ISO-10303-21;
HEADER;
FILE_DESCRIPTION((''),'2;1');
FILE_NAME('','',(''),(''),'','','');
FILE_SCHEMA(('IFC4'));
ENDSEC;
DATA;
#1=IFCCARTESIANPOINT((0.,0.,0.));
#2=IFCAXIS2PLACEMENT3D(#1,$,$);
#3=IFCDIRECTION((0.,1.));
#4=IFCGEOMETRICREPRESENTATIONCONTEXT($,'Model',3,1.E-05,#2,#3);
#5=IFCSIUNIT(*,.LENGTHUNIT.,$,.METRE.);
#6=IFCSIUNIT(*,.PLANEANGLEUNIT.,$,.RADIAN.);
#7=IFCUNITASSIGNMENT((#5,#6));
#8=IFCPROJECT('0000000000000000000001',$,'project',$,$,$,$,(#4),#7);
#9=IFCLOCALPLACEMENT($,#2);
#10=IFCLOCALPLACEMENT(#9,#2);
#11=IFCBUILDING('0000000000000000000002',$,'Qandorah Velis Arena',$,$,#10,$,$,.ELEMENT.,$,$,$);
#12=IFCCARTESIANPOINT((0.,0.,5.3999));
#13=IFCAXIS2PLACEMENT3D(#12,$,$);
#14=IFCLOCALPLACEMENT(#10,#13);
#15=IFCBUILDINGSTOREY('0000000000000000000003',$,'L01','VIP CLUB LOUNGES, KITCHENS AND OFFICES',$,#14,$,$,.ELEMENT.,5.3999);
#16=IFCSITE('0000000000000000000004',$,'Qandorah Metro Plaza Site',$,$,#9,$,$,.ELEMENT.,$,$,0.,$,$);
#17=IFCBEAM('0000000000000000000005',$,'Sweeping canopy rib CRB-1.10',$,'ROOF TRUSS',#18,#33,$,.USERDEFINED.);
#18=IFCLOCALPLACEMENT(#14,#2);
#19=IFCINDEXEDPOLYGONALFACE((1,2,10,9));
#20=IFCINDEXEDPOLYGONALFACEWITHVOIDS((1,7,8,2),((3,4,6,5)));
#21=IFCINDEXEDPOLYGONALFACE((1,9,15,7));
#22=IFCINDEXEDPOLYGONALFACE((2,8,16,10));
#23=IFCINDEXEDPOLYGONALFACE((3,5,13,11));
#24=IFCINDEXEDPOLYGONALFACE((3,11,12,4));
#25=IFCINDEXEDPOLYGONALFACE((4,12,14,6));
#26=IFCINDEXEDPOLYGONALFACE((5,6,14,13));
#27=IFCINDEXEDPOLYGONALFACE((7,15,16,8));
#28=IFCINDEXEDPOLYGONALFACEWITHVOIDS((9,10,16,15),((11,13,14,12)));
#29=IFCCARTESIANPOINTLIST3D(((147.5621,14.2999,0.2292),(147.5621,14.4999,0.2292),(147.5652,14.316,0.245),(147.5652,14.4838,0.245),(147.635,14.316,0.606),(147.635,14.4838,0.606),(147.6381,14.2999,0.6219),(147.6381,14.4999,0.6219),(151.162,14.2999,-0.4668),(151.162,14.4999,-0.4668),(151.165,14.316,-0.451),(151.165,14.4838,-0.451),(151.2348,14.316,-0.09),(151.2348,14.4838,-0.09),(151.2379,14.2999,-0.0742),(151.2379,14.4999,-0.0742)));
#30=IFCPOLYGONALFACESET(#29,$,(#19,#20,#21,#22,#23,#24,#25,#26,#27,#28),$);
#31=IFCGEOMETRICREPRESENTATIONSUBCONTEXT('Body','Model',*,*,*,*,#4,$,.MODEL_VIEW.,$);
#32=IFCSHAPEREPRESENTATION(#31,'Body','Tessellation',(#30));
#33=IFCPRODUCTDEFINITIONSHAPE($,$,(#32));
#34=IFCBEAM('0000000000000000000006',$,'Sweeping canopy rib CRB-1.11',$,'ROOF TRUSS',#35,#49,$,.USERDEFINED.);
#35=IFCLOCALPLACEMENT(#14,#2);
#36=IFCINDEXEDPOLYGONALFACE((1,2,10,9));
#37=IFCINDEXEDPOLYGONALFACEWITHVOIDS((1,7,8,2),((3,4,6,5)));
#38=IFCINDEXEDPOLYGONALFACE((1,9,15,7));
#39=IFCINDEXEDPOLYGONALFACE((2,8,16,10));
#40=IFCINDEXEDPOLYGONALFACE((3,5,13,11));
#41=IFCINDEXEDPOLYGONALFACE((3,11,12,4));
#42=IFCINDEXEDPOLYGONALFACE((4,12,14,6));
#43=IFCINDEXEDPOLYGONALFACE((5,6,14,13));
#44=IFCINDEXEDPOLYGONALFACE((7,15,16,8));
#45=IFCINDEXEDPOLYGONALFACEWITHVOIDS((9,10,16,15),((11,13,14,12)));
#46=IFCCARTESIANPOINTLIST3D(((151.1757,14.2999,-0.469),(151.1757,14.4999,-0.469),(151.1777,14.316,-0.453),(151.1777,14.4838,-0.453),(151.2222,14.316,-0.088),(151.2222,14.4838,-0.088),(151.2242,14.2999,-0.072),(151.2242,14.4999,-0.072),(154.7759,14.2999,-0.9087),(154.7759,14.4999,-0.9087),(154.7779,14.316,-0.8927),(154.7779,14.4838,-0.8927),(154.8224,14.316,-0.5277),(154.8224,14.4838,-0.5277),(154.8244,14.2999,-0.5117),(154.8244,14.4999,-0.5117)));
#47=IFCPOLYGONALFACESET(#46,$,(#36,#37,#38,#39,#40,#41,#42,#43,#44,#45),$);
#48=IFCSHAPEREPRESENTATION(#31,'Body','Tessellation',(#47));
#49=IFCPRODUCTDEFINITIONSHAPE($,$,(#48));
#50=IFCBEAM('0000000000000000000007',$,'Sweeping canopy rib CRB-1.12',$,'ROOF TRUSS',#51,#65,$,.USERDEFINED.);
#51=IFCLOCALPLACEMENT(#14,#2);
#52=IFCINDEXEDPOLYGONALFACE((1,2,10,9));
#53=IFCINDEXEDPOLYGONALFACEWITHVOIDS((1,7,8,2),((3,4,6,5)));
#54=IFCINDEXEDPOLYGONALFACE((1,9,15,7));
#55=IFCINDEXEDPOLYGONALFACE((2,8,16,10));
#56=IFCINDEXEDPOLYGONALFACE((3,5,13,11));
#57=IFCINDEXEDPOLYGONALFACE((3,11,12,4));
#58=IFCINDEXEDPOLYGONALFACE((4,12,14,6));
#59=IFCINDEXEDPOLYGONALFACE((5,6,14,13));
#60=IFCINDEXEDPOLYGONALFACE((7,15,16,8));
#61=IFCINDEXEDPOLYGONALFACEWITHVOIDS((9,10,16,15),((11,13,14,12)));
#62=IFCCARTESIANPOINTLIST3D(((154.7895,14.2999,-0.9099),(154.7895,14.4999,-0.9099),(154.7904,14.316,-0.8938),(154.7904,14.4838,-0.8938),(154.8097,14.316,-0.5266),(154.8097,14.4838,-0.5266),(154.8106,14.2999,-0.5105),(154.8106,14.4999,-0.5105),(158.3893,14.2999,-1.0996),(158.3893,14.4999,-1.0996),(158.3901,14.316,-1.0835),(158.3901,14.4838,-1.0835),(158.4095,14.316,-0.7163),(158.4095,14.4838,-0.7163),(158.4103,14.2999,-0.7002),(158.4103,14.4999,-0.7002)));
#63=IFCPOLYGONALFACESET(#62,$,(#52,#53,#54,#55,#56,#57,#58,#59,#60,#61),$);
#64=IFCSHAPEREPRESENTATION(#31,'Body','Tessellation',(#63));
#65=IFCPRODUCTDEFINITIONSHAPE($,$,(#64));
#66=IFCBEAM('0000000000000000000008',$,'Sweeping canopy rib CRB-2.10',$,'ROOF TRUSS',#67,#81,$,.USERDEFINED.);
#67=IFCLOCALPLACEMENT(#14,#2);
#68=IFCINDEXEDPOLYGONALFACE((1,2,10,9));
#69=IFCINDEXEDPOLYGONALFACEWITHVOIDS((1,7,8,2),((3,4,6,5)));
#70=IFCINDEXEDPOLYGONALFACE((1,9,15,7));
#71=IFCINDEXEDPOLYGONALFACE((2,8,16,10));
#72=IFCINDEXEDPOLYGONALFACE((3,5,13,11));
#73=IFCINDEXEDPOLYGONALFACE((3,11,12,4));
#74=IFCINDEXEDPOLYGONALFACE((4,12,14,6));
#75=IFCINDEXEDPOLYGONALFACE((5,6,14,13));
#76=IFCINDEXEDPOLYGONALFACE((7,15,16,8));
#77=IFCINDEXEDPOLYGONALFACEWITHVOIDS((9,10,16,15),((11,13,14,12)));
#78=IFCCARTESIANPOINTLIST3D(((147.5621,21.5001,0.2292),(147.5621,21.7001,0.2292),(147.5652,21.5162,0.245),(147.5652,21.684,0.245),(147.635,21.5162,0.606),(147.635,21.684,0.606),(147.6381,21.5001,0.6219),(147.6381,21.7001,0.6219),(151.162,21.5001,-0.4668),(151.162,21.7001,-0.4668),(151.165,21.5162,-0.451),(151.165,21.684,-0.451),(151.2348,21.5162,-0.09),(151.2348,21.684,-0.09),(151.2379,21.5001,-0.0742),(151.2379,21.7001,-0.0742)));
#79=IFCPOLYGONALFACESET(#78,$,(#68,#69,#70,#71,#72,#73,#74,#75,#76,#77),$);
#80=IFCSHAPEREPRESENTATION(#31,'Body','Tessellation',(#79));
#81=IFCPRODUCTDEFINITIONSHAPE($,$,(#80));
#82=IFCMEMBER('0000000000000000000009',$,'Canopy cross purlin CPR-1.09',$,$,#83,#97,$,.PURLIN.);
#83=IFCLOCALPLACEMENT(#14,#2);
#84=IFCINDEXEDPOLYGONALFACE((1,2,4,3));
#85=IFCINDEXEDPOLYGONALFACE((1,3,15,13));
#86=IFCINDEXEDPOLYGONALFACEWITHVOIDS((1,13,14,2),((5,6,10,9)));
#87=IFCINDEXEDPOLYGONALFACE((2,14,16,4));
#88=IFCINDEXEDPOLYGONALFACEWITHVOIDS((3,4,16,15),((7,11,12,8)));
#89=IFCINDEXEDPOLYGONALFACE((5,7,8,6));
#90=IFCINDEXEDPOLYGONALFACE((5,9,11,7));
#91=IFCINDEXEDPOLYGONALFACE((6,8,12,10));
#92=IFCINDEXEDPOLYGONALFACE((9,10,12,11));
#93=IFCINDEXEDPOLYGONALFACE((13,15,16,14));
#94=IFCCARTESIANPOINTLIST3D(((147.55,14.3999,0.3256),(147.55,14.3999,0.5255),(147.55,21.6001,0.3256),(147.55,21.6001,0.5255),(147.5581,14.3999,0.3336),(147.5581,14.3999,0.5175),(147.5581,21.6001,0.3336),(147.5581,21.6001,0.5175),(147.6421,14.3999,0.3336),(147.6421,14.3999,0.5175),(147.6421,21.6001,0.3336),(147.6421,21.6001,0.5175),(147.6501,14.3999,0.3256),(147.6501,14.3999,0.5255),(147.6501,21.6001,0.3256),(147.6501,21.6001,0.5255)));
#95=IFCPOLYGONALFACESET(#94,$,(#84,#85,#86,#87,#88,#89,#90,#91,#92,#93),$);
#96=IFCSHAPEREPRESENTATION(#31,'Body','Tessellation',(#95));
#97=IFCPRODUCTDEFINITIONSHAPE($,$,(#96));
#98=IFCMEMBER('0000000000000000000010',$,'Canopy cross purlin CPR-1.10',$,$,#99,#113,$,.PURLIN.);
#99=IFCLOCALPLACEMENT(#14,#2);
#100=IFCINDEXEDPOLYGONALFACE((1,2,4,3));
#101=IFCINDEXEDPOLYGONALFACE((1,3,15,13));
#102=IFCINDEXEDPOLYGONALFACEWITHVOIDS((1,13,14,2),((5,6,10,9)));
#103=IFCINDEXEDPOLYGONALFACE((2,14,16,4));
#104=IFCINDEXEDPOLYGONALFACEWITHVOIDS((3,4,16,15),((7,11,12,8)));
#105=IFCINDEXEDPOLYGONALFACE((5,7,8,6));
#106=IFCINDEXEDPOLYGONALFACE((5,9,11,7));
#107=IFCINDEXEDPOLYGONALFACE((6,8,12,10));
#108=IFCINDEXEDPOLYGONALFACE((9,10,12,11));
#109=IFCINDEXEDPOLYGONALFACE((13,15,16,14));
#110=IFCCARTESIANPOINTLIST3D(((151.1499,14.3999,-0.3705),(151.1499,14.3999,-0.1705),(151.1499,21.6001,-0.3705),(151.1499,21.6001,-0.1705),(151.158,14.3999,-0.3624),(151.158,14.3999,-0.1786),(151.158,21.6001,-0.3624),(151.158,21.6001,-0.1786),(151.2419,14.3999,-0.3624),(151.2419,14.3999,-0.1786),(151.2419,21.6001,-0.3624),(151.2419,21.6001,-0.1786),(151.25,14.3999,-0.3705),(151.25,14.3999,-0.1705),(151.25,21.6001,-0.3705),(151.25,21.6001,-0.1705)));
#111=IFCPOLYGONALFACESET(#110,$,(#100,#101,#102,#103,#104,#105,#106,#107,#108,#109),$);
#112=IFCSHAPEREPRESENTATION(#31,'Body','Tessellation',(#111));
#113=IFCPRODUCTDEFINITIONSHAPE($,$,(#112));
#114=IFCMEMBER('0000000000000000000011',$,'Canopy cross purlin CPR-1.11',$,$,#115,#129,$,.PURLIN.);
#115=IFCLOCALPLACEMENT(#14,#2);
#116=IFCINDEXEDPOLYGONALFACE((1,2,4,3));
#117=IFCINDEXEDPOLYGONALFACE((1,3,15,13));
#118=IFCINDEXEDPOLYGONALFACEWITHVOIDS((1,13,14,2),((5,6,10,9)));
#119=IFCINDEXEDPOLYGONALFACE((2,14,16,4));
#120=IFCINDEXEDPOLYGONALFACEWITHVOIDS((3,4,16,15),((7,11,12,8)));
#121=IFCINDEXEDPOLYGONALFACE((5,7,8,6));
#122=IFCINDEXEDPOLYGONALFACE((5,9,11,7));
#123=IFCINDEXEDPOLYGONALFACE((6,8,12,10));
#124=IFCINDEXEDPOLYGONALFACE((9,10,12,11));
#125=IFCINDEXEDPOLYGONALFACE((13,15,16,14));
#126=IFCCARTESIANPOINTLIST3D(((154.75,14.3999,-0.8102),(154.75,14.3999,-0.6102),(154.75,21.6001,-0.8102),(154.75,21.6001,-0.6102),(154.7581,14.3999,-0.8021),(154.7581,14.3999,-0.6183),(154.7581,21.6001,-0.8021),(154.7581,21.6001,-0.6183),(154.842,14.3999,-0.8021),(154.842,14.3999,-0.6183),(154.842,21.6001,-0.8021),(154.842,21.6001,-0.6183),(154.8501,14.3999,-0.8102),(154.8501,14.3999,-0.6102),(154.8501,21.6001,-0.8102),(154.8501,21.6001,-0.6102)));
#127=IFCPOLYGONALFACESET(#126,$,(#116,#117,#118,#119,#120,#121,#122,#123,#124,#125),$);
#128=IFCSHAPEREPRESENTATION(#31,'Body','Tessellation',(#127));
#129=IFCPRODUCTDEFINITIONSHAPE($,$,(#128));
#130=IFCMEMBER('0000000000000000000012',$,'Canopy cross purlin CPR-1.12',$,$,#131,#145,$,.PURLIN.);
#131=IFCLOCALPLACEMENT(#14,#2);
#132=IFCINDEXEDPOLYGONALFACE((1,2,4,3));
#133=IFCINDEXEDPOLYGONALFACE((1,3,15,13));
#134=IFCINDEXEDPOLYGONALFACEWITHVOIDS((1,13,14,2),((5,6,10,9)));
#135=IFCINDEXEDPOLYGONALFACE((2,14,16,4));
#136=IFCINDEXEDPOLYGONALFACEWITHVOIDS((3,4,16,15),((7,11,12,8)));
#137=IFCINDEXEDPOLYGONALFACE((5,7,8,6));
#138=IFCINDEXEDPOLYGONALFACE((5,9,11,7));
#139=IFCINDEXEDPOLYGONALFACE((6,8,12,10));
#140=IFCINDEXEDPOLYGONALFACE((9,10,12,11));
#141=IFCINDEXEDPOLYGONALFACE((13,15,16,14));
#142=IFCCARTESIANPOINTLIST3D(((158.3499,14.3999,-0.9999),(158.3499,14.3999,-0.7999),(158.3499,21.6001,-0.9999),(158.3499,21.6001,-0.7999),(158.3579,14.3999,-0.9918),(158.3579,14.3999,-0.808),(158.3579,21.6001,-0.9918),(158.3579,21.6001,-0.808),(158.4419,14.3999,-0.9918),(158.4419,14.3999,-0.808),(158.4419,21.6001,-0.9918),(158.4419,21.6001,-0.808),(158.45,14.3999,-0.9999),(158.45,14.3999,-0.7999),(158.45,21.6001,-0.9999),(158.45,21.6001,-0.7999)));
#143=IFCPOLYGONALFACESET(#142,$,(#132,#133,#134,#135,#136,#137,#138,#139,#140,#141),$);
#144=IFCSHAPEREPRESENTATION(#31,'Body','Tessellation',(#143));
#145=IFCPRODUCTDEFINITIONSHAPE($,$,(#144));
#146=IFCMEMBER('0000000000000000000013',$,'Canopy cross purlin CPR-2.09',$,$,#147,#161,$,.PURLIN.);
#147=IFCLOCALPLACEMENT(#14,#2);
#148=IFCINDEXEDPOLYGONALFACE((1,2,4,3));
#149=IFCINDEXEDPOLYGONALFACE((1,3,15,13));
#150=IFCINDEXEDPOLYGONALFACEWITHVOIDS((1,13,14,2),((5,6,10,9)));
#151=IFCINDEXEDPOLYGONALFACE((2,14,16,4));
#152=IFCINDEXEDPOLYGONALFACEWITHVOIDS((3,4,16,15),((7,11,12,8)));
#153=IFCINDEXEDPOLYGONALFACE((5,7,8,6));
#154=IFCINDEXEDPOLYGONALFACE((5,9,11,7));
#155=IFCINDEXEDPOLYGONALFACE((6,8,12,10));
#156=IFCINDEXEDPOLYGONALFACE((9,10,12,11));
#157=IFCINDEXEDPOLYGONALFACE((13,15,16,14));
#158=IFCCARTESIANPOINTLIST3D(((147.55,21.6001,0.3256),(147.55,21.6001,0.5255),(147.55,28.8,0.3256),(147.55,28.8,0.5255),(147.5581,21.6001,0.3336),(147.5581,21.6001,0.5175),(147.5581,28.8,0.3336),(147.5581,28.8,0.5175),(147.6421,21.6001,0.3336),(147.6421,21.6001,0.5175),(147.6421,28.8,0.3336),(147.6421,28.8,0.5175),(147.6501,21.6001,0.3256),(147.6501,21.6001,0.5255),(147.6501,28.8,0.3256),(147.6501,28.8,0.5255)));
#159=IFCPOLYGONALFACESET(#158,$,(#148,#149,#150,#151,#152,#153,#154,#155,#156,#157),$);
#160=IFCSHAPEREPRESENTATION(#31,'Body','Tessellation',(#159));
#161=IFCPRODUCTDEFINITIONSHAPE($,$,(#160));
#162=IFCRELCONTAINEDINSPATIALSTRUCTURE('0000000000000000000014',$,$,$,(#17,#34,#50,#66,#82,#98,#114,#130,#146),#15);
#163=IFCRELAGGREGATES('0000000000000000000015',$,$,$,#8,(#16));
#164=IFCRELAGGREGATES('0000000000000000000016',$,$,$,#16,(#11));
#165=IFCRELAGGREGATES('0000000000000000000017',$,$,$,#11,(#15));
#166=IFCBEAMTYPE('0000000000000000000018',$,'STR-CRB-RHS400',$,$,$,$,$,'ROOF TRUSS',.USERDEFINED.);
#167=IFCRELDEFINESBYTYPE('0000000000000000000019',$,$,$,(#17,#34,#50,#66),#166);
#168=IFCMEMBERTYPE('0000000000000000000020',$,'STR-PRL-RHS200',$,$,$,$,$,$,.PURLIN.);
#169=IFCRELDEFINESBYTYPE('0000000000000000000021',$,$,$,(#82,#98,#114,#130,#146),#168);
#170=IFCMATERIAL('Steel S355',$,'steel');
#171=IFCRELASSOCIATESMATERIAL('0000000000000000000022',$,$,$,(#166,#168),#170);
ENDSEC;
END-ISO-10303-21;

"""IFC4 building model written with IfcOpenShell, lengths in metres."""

from ifc_helpers import new_model, si_unit, direction, frame, origin, origin_2d, place, context, subcontext, project, spatial, hollow_rectangle, extrude, material, material_profile, profile_set, type_object, element, save


model = new_model("IFC4")

# Units and contexts
model_context = context("Model", 3, precision=1e-05, world=origin(), true_north=direction((0.0, 1.0)))
body_context = subcontext(model_context, "Body", "Model", "MODEL_VIEW")
ifc_project = project(units=[si_unit("LENGTHUNIT", "METRE"), si_unit("PLANEANGLEUNIT", "RADIAN")], contexts=[model_context])

# Site, building, storey
site_placement = place(None, origin())
site = spatial("IfcSite", under=ifc_project, at=site_placement, Name="Qandorah Metro Plaza Site", CompositionType="ELEMENT", RefElevation=0.0)
building_placement = place(site_placement, origin())
building = spatial("IfcBuilding", under=site, at=building_placement, Name="Qandorah Velis Arena", CompositionType="ELEMENT")
storey_placement = place(building_placement, frame((0.0, 0.0, 5.3999)))
storey = spatial("IfcBuildingStorey", under=building, at=storey_placement, Name="L01", Description="VIP CLUB LOUNGES, KITCHENS AND OFFICES", CompositionType="ELEMENT", Elevation=5.3999)

# Beams
ifc_material_1 = material(Name="Steel S355", Category="steel")
ifc_material_profile_1 = material_profile(ifc_material_1, hollow_rectangle(XDim=0.2, YDim=0.3999, WallThickness=0.0161, at=origin_2d()), Name="RHS 400x200x16")
ifc_profile_set_1 = profile_set([ifc_material_profile_1], Name="Steel S355")
beam_type = type_object("IfcBeamType", Name="STR-CRB-RHS400", ElementType="ROOF TRUSS", PredefinedType="USERDEFINED", material=ifc_profile_set_1)
beam_1_placement = place(storey_placement, frame((147.6001, 14.3999, 0.4255), z_axis=(0.981815, 0.0, -0.189838), x_axis=(0.0, 1.0, 0.0)))
element("IfcBeam", 1, at=beam_1_placement, inside=storey, type_object=beam_type, Name="Sweeping canopy rib CRB-1.10", ObjectType="ROOF TRUSS", PredefinedType="USERDEFINED", context=body_context, shape_type="SweptSolid", body=[
    extrude(hollow_rectangle(XDim=0.2, YDim=0.3999, WallThickness=0.0161, at=origin_2d()), origin(), (0.0, 0.0, 1.0), 3.6665),
])
beam_2_placement = place(storey_placement, frame((151.2, 14.3999, -0.2705), z_axis=(0.992624, 0.0, -0.121234), x_axis=(0.0, 1.0, 0.0)))
element("IfcBeam", 2, at=beam_2_placement, inside=storey, type_object=beam_type, Name="Sweeping canopy rib CRB-1.11", ObjectType="ROOF TRUSS", PredefinedType="USERDEFINED", context=body_context, shape_type="SweptSolid", body=[
    extrude(hollow_rectangle(XDim=0.2, YDim=0.3999, WallThickness=0.0161, at=origin_2d()), origin(), (0.0, 0.0, 1.0), 3.627),
])
beam_3_placement = place(storey_placement, frame((154.8, 14.3999, -0.7102), z_axis=(0.998614, 0.0, -0.052623), x_axis=(0.0, 1.0, 0.0)))
element("IfcBeam", 3, at=beam_3_placement, inside=storey, type_object=beam_type, Name="Sweeping canopy rib CRB-1.12", ObjectType="ROOF TRUSS", PredefinedType="USERDEFINED", context=body_context, shape_type="SweptSolid", body=[
    extrude(hollow_rectangle(XDim=0.2, YDim=0.3999, WallThickness=0.0161, at=origin_2d()), origin(), (0.0, 0.0, 1.0), 3.6047),
])
beam_4_placement = place(storey_placement, frame((147.6001, 21.6001, 0.4255), z_axis=(0.981815, 0.0, -0.189838), x_axis=(0.0, 1.0, 0.0)))
element("IfcBeam", 4, at=beam_4_placement, inside=storey, type_object=beam_type, Name="Sweeping canopy rib CRB-2.10", ObjectType="ROOF TRUSS", PredefinedType="USERDEFINED", context=body_context, shape_type="SweptSolid", body=[
    extrude(hollow_rectangle(XDim=0.2, YDim=0.3999, WallThickness=0.0161, at=origin_2d()), origin(), (0.0, 0.0, 1.0), 3.6665),
])

# Members
ifc_material_profile_2 = material_profile(ifc_material_1, hollow_rectangle(XDim=0.1001, YDim=0.2, WallThickness=0.0081, at=origin_2d()), Name="RHS 200x100x8")
ifc_profile_set_2 = profile_set([ifc_material_profile_2], Name="Steel S355")
member_type_1 = type_object("IfcMemberType", Name="STR-PRL-RHS200", PredefinedType="PURLIN", material=ifc_profile_set_2)
for number, where, z_axis, x_axis, name in (
    (5, (147.6001, 14.3999, 0.4255), (0.0, 1.0, 0.0), (-1.0, 0.0, 0.0), "Canopy cross purlin CPR-1.09"),
    (6, (151.2, 14.3999, -0.2705), (0.0, 1.0, 0.0), (-1.0, 0.0, 0.0), "Canopy cross purlin CPR-1.10"),
    (7, (154.8, 14.3999, -0.7102), (0.0, 1.0, 0.0), (-1.0, 0.0, 0.0), "Canopy cross purlin CPR-1.11"),
    (8, (158.3999, 14.3999, -0.8999), (0.0, 1.0, 0.0), (-1.0, 0.0, 0.0), "Canopy cross purlin CPR-1.12"),
):
    element("IfcMember", number, at=place(storey_placement, frame(where, z_axis=z_axis, x_axis=x_axis)), inside=storey, type_object=member_type_1, Name=name, PredefinedType="PURLIN", context=body_context, shape_type="SweptSolid", body=[
        extrude(hollow_rectangle(XDim=0.1001, YDim=0.2, WallThickness=0.0081, at=origin_2d()), origin(), (0.0, 0.0, 1.0), 7.2002),
    ])
member_1_placement = place(storey_placement, frame((147.6001, 21.6001, 0.4255), z_axis=(0.0, 1.0, 0.0), x_axis=(-1.0, 0.0, 0.0)))
element("IfcMember", 9, at=member_1_placement, inside=storey, type_object=member_type_1, Name="Canopy cross purlin CPR-2.09", PredefinedType="PURLIN", context=body_context, shape_type="SweptSolid", body=[
    extrude(hollow_rectangle(XDim=0.1001, YDim=0.2, WallThickness=0.0081, at=origin_2d()), origin(), (0.0, 0.0, 1.0), 7.2),
])

save(model, "model.ifc")
